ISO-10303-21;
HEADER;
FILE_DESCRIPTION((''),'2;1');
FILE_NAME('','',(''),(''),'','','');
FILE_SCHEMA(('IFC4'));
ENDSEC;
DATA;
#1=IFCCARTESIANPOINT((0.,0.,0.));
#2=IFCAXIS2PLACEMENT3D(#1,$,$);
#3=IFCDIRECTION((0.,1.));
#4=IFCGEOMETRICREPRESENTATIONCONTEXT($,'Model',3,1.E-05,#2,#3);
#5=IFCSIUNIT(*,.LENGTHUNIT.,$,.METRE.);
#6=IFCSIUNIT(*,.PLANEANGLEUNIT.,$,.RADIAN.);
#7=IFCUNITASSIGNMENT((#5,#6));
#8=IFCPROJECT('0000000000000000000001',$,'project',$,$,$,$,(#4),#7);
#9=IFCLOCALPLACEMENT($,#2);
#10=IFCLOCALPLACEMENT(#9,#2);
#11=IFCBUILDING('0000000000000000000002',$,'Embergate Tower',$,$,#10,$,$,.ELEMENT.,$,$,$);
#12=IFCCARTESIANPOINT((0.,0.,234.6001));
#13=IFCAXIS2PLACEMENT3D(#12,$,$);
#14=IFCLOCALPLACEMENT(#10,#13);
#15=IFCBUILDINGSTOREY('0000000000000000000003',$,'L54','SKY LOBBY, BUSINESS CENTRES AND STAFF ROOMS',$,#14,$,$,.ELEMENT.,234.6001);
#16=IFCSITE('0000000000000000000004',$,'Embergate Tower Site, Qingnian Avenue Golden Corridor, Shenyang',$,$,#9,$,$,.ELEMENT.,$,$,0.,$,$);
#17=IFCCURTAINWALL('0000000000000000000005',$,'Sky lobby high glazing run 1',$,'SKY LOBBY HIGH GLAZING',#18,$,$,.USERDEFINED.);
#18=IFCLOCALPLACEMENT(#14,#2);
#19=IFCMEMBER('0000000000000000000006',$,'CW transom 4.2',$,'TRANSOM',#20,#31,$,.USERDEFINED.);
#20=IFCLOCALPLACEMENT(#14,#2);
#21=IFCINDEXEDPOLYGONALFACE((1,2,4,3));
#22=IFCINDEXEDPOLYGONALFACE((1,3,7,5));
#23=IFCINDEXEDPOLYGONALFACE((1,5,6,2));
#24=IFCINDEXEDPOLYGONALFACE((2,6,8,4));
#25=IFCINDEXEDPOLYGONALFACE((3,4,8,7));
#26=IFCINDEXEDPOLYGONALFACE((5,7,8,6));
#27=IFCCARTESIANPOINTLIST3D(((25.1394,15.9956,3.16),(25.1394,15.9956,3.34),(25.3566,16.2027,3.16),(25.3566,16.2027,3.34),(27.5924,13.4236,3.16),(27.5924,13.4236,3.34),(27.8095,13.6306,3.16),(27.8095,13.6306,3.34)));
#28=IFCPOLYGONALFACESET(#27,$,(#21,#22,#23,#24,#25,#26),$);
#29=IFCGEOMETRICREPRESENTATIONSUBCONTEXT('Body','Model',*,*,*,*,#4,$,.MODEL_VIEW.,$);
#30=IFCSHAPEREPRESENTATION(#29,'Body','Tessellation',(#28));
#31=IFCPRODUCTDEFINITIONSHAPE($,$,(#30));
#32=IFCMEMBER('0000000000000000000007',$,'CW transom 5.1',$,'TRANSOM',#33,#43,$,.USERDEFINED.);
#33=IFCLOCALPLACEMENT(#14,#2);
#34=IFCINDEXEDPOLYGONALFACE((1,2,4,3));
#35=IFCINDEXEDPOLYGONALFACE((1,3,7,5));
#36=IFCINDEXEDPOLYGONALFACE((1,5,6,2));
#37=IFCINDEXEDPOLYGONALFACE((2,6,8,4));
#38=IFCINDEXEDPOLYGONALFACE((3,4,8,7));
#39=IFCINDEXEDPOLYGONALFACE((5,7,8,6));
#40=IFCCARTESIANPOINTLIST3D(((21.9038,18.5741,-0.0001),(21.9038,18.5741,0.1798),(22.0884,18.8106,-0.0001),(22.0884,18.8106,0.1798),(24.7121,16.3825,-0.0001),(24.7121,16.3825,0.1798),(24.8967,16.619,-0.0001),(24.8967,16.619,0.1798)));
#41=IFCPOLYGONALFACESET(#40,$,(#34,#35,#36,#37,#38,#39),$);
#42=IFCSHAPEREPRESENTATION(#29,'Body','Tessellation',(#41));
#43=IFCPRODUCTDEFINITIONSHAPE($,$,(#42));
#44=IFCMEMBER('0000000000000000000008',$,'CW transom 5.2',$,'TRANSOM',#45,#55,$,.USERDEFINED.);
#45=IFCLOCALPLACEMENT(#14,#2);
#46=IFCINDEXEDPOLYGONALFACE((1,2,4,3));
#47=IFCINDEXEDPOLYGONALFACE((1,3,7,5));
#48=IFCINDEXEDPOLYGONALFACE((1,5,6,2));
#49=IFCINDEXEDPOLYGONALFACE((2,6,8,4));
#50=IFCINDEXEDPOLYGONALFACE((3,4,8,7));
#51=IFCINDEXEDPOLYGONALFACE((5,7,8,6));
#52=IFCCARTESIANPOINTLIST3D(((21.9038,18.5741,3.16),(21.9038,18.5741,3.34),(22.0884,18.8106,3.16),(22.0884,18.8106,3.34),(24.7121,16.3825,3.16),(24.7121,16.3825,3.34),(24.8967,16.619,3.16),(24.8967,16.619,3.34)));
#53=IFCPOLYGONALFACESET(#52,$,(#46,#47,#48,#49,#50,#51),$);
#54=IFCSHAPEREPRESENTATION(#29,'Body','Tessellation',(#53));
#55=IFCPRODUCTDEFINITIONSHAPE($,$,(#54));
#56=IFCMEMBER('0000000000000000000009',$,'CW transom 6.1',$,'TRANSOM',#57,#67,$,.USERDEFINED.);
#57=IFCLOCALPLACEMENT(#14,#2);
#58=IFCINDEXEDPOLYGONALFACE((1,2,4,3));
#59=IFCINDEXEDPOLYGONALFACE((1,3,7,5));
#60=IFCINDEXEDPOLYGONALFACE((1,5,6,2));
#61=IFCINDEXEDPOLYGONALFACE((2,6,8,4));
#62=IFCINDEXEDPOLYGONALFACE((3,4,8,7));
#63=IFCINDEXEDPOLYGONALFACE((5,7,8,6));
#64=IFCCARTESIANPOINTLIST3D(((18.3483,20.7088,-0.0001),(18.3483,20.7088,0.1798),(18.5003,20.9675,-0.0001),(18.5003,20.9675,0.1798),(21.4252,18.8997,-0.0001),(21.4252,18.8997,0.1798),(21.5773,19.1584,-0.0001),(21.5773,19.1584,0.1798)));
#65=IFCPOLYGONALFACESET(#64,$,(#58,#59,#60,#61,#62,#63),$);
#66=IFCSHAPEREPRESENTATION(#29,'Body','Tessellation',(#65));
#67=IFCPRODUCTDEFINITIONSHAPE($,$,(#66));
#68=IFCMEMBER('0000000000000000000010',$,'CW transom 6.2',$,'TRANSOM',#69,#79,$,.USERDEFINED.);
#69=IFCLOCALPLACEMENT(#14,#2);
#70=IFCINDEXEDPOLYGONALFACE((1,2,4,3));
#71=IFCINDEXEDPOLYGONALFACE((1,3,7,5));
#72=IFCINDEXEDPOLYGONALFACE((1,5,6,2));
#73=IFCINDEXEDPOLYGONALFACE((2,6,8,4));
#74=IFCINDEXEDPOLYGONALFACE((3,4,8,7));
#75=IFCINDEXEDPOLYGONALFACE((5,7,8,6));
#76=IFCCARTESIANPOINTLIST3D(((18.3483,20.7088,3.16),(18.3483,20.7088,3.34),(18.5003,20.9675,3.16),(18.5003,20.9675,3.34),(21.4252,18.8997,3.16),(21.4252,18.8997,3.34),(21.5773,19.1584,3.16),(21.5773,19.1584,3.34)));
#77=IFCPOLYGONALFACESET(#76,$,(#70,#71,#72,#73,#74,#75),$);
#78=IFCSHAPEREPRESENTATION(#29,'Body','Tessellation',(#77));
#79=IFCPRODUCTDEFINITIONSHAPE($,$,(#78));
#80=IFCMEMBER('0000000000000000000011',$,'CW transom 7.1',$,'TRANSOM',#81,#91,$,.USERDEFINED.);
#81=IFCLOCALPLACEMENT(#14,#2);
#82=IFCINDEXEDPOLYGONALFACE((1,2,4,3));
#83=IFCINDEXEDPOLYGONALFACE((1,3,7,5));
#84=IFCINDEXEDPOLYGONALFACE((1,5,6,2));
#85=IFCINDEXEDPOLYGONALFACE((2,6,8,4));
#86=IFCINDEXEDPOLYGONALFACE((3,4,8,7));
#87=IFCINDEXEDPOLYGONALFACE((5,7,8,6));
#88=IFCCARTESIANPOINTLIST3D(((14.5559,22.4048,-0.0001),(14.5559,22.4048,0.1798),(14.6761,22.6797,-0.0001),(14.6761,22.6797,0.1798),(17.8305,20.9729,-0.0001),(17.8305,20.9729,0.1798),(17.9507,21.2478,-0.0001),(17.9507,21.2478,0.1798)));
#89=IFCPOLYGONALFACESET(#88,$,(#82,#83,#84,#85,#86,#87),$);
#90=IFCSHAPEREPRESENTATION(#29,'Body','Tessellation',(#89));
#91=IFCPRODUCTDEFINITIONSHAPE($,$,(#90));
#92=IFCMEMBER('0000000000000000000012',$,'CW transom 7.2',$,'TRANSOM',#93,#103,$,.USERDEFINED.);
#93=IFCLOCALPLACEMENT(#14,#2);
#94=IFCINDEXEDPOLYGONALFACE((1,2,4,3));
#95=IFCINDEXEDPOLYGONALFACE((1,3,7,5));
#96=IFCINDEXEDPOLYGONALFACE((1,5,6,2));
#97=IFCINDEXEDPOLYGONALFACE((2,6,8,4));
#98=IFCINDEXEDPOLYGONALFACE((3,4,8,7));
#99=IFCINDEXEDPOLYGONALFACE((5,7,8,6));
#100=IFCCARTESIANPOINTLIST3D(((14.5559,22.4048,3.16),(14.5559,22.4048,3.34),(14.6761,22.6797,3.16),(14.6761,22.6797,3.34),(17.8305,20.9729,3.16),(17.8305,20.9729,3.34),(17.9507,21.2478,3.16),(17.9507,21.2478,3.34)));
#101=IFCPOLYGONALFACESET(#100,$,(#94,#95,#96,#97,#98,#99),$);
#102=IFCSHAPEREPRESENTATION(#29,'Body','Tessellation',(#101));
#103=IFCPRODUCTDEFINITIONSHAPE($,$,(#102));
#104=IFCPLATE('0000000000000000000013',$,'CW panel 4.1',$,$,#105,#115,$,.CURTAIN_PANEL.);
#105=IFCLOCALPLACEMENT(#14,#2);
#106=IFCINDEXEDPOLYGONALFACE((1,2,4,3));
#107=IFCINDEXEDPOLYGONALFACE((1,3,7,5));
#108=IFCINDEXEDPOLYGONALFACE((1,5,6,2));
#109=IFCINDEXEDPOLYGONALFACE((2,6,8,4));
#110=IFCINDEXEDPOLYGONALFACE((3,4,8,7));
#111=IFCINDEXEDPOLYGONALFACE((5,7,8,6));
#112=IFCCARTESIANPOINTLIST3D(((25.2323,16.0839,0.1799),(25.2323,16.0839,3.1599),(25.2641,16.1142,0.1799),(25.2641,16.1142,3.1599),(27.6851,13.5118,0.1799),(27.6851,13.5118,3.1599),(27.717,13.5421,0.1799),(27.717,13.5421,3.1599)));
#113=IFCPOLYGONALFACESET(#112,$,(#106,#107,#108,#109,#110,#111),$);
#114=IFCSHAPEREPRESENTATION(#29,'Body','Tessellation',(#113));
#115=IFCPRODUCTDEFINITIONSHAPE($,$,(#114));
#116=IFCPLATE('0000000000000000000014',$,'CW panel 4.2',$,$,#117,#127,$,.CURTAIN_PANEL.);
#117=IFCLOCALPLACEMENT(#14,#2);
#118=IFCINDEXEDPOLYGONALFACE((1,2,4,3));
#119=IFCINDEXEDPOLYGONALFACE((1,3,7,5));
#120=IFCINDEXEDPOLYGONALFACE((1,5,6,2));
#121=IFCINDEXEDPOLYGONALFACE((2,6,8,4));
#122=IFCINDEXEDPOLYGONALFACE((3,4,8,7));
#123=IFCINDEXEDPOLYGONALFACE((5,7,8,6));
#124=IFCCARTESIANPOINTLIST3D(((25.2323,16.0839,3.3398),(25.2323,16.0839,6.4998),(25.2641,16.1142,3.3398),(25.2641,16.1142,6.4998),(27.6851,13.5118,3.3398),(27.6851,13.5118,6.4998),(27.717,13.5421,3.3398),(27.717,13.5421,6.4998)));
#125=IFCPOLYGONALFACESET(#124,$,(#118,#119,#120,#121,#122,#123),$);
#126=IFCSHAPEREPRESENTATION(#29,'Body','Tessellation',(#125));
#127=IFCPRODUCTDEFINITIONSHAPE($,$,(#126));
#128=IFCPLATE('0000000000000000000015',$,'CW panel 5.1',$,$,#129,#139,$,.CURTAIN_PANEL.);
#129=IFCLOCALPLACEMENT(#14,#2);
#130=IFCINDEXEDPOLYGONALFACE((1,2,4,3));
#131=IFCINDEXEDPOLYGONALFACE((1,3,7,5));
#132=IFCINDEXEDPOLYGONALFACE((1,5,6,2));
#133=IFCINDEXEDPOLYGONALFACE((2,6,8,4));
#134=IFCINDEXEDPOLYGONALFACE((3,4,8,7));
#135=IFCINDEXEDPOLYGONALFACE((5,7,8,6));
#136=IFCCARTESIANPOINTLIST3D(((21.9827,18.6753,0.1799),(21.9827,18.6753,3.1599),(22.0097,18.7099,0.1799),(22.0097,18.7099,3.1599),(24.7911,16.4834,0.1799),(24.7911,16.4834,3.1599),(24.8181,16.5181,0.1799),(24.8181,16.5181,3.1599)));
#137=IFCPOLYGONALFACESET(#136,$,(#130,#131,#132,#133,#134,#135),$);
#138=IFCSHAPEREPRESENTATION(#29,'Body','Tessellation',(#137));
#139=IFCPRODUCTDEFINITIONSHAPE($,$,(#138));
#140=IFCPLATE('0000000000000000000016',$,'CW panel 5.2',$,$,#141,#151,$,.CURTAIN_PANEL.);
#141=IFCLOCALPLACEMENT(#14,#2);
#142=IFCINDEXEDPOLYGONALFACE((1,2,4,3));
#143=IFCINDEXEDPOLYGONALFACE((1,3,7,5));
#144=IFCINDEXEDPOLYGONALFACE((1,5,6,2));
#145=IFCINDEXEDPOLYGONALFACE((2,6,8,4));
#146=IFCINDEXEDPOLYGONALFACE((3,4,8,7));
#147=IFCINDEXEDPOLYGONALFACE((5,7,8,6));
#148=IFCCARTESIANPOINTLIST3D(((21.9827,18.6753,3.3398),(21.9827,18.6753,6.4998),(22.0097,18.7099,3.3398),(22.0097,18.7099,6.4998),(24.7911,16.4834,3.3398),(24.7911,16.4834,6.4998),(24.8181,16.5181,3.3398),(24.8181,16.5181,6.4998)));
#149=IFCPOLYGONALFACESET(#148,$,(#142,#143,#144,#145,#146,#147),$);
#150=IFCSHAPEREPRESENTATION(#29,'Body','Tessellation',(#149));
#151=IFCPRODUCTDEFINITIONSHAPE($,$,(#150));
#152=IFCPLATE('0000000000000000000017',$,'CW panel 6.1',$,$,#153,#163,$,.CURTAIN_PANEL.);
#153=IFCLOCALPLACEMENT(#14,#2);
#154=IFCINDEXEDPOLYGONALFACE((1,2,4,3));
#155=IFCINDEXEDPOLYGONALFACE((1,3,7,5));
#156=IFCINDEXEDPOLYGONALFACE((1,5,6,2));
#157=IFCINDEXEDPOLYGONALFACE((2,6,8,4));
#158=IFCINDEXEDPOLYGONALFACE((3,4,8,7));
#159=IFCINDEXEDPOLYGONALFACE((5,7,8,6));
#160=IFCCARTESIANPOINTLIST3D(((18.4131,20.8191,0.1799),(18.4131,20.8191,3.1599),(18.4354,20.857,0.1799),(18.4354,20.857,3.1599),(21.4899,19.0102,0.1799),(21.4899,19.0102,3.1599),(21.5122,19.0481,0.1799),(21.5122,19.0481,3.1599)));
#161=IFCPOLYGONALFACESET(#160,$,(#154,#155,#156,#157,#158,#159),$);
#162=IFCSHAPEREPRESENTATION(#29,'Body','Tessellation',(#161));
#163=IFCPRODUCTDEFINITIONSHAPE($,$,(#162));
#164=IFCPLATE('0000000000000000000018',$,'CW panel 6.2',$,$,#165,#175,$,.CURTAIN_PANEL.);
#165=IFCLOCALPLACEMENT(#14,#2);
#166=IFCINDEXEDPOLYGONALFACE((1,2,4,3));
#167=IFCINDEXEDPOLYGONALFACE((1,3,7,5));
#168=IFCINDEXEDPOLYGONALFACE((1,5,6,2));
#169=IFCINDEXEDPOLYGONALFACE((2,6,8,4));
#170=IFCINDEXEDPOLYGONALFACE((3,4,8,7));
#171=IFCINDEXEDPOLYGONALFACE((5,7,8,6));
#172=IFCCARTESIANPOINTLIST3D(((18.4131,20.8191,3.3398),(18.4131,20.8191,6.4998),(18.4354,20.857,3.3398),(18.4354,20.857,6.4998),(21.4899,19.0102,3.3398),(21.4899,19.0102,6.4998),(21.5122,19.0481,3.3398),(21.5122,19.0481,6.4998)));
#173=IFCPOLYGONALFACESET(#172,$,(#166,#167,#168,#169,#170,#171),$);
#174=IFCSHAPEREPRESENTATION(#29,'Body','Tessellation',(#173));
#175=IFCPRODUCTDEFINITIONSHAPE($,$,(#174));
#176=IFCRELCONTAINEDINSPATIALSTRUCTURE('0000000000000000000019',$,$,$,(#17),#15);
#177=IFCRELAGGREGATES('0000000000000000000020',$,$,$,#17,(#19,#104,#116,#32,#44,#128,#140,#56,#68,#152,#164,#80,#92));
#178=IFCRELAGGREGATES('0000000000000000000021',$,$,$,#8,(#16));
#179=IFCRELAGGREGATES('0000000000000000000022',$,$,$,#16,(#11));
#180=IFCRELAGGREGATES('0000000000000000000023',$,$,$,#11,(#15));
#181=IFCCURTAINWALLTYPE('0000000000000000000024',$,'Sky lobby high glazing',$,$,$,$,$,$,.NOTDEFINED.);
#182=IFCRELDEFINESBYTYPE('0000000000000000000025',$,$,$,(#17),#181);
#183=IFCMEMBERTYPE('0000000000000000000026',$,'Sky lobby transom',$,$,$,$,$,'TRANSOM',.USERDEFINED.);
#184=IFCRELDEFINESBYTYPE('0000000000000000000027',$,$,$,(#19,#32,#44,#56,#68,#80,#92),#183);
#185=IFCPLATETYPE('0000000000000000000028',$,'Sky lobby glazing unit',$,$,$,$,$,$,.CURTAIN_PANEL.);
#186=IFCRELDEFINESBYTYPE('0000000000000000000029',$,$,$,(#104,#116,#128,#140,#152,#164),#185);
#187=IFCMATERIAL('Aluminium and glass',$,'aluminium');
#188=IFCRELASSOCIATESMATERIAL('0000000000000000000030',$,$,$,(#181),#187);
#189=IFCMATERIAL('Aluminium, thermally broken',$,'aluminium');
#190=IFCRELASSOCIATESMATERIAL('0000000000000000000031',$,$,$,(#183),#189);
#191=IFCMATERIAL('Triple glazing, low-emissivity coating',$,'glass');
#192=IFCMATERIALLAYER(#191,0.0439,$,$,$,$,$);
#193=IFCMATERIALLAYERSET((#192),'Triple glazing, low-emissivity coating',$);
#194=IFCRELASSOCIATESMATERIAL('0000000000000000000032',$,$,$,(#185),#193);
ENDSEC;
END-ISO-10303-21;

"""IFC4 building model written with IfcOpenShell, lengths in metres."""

from ifc_helpers import new_model, si_unit, direction, frame, origin, origin_2d, place, context, subcontext, project, spatial, rectangle, extrude, source, transform, mapped, material, layer, layer_set, material_profile, profile_set, type_object, element, aggregate, save


model = new_model("IFC4")

# Units and contexts
model_context = context("Model", 3, precision=1e-05, world=origin(), true_north=direction((0.0, 1.0)))
body_context = subcontext(model_context, "Body", "Model", "MODEL_VIEW")
ifc_project = project(units=[si_unit("LENGTHUNIT", "METRE"), si_unit("PLANEANGLEUNIT", "RADIAN")], contexts=[model_context])

# Site, building, storey
site_placement = place(None, origin())
site = spatial("IfcSite", under=ifc_project, at=site_placement, Name="Embergate Tower Site, Qingnian Avenue Golden Corridor, Shenyang", CompositionType="ELEMENT", RefElevation=0.0)
building_placement = place(site_placement, origin())
building = spatial("IfcBuilding", under=site, at=building_placement, Name="Embergate Tower", CompositionType="ELEMENT")
storey_placement = place(building_placement, frame((0.0, 0.0, 234.6001)))
storey = spatial("IfcBuildingStorey", under=building, at=storey_placement, Name="L54", Description="SKY LOBBY, BUSINESS CENTRES AND STAFF ROOMS", CompositionType="ELEMENT", Elevation=234.6001)

# Curtain wall, members, plates
ifc_material_1 = material(Name="Aluminium and glass", Category="aluminium")
curtain_wall_type = type_object("IfcCurtainWallType", Name="Sky lobby high glazing", PredefinedType="NOTDEFINED", material=ifc_material_1)
curtain_wall_placement = place(storey_placement, origin())
curtain_wall = element("IfcCurtainWall", 1, at=curtain_wall_placement, inside=storey, type_object=curtain_wall_type, Name="Sky lobby high glazing run 1", ObjectType="SKY LOBBY HIGH GLAZING", PredefinedType="USERDEFINED")
ifc_material_2 = material(Name="Aluminium, thermally broken", Category="aluminium")
ifc_material_profile_1 = material_profile(ifc_material_2, rectangle(XDim=0.3, YDim=0.1799, at=origin_2d()), Name="AL 180x300")
ifc_profile_set_1 = profile_set([ifc_material_profile_1], Name="Aluminium, thermally broken")
member_type_1 = type_object("IfcMemberType", Name="Sky lobby transom", ElementType="TRANSOM", PredefinedType="USERDEFINED", material=ifc_profile_set_1)
shared_shape_1 = source(origin(), body_context, "Body", "SweptSolid", [
    extrude(rectangle(XDim=0.3, YDim=0.1799, at=origin_2d()), origin(), (0.0, 0.0, 1.0), 3.5542),
])
member_1_placement = place(storey_placement, frame((27.7009, 13.5271, 3.25), z_axis=(-0.690147, 0.723669, 0.0), x_axis=(-0.723669, -0.690147, 0.0)))
member_1 = element("IfcMember", 2, at=member_1_placement, type_object=member_type_1, Name="CW transom 4.2", ObjectType="TRANSOM", PredefinedType="USERDEFINED", context=body_context, shape_type="MappedRepresentation", body=[
    mapped(shared_shape_1, transform((0.0, 0.0, 0.0))),
])
shared_shape_2 = source(origin(), body_context, "Body", "SweptSolid", [
    extrude(rectangle(XDim=0.3, YDim=0.1799, at=origin_2d()), origin(), (0.0, 0.0, 1.0), 3.5623),
])
member_2_placement = place(storey_placement, frame((24.8044, 16.5007, 0.0898), z_axis=(-0.788347, 0.61523, 0.0), x_axis=(-0.61523, -0.788347, 0.0)))
member_2 = element("IfcMember", 3, at=member_2_placement, type_object=member_type_1, Name="CW transom 5.1", ObjectType="TRANSOM", PredefinedType="USERDEFINED", context=body_context, shape_type="MappedRepresentation", body=[
    mapped(shared_shape_2, transform((0.0, 0.0, 0.0))),
])
member_3_placement = place(storey_placement, frame((24.8044, 16.5007, 3.25), z_axis=(-0.788347, 0.61523, 0.0), x_axis=(-0.61523, -0.788347, 0.0)))
member_3 = element("IfcMember", 4, at=member_3_placement, type_object=member_type_1, Name="CW transom 5.2", ObjectType="TRANSOM", PredefinedType="USERDEFINED", context=body_context, shape_type="MappedRepresentation", body=[
    mapped(shared_shape_2, transform((0.0, 0.0, 0.0))),
])
shared_shape_3 = source(origin(), body_context, "Body", "SweptSolid", [
    extrude(rectangle(XDim=0.3, YDim=0.1799, at=origin_2d()), origin(), (0.0, 0.0, 1.0), 3.5693),
])
member_4_placement = place(storey_placement, frame((21.5012, 19.0291, 0.0898), z_axis=(-0.86204, 0.506841, 0.0), x_axis=(-0.506841, -0.86204, 0.0)))
member_4 = element("IfcMember", 5, at=member_4_placement, type_object=member_type_1, Name="CW transom 6.1", ObjectType="TRANSOM", PredefinedType="USERDEFINED", context=body_context, shape_type="MappedRepresentation", body=[
    mapped(shared_shape_3, transform((0.0, 0.0, 0.0))),
])
member_5_placement = place(storey_placement, frame((21.5012, 19.0291, 3.25), z_axis=(-0.86204, 0.506841, 0.0), x_axis=(-0.506841, -0.86204, 0.0)))
member_5 = element("IfcMember", 6, at=member_5_placement, type_object=member_type_1, Name="CW transom 6.2", ObjectType="TRANSOM", PredefinedType="USERDEFINED", context=body_context, shape_type="MappedRepresentation", body=[
    mapped(shared_shape_3, transform((0.0, 0.0, 0.0))),
])
shared_shape_4 = source(origin(), body_context, "Body", "SweptSolid", [
    extrude(rectangle(XDim=0.3, YDim=0.1799, at=origin_2d()), origin(), (0.0, 0.0, 1.0), 3.574),
])
member_6_placement = place(storey_placement, frame((17.8906, 21.1104, 0.0898), z_axis=(-0.916237, 0.400636, 0.0), x_axis=(-0.400636, -0.916237, 0.0)))
member_6 = element("IfcMember", 7, at=member_6_placement, type_object=member_type_1, Name="CW transom 7.1", ObjectType="TRANSOM", PredefinedType="USERDEFINED", context=body_context, shape_type="MappedRepresentation", body=[
    mapped(shared_shape_4, transform((0.0, 0.0, 0.0))),
])
member_7_placement = place(storey_placement, frame((17.8906, 21.1104, 3.25), z_axis=(-0.916237, 0.400636, 0.0), x_axis=(-0.400636, -0.916237, 0.0)))
member_7 = element("IfcMember", 8, at=member_7_placement, type_object=member_type_1, Name="CW transom 7.2", ObjectType="TRANSOM", PredefinedType="USERDEFINED", context=body_context, shape_type="MappedRepresentation", body=[
    mapped(shared_shape_4, transform((0.0, 0.0, 0.0))),
])
ifc_material_3 = material(Name="Triple glazing, low-emissivity coating", Category="glass")
ifc_layer_1 = layer(ifc_material_3, 0.0439)
ifc_layer_set_1 = layer_set([ifc_layer_1], Name="Triple glazing, low-emissivity coating")
plate_type = type_object("IfcPlateType", Name="Sky lobby glazing unit", PredefinedType="CURTAIN_PANEL", material=ifc_layer_set_1)
shared_shape_5 = source(origin(), body_context, "Body", "SweptSolid", [
    extrude(rectangle(XDim=3.5542, YDim=0.0439, at=origin_2d()), origin(), (0.0, 0.0, 1.0), 2.98),
])
plate_1_placement = place(storey_placement, frame((26.4746, 14.813, 0.1799), z_axis=(0.0, 0.0, 1.0), x_axis=(-0.690136, 0.723679, 0.0)))
plate_1 = element("IfcPlate", 9, at=plate_1_placement, type_object=plate_type, Name="CW panel 4.1", PredefinedType="CURTAIN_PANEL", context=body_context, shape_type="MappedRepresentation", body=[
    mapped(shared_shape_5, transform((0.0, 0.0, 0.0))),
])
shared_shape_6 = source(origin(), body_context, "Body", "SweptSolid", [
    extrude(rectangle(XDim=3.5542, YDim=0.0439, at=origin_2d()), origin(), (0.0, 0.0, 1.0), 3.1599),
])
plate_2_placement = place(storey_placement, frame((26.4746, 14.813, 3.3398), z_axis=(0.0, 0.0, 1.0), x_axis=(-0.690136, 0.723679, 0.0)))
plate_2 = element("IfcPlate", 10, at=plate_2_placement, type_object=plate_type, Name="CW panel 4.2", PredefinedType="CURTAIN_PANEL", context=body_context, shape_type="MappedRepresentation", body=[
    mapped(shared_shape_6, transform((0.0, 0.0, 0.0))),
])
shared_shape_7 = source(origin(), body_context, "Body", "SweptSolid", [
    extrude(rectangle(XDim=3.5625, YDim=0.0439, at=origin_2d()), origin(), (0.0, 0.0, 1.0), 2.98),
])
plate_3_placement = place(storey_placement, frame((23.4004, 17.5967, 0.1799), z_axis=(0.0, 0.0, 1.0), x_axis=(-0.788321, 0.615264, 0.0)))
plate_3 = element("IfcPlate", 11, at=plate_3_placement, type_object=plate_type, Name="CW panel 5.1", PredefinedType="CURTAIN_PANEL", context=body_context, shape_type="MappedRepresentation", body=[
    mapped(shared_shape_7, transform((0.0, 0.0, 0.0))),
])
shared_shape_8 = source(origin(), body_context, "Body", "SweptSolid", [
    extrude(rectangle(XDim=3.5625, YDim=0.0439, at=origin_2d()), origin(), (0.0, 0.0, 1.0), 3.1599),
])
plate_4_placement = place(storey_placement, frame((23.4004, 17.5967, 3.3398), z_axis=(0.0, 0.0, 1.0), x_axis=(-0.788321, 0.615264, 0.0)))
plate_4 = element("IfcPlate", 12, at=plate_4_placement, type_object=plate_type, Name="CW panel 5.2", PredefinedType="CURTAIN_PANEL", context=body_context, shape_type="MappedRepresentation", body=[
    mapped(shared_shape_8, transform((0.0, 0.0, 0.0))),
])
shared_shape_9 = source(origin(), body_context, "Body", "SweptSolid", [
    extrude(rectangle(XDim=3.5691, YDim=0.0439, at=origin_2d()), origin(), (0.0, 0.0, 1.0), 2.98),
])
plate_5_placement = place(storey_placement, frame((19.9626, 19.9336, 0.1799), z_axis=(0.0, 0.0, 1.0), x_axis=(-0.862053, 0.506818, 0.0)))
plate_5 = element("IfcPlate", 13, at=plate_5_placement, type_object=plate_type, Name="CW panel 6.1", PredefinedType="CURTAIN_PANEL", context=body_context, shape_type="MappedRepresentation", body=[
    mapped(shared_shape_9, transform((0.0, 0.0, 0.0))),
])
shared_shape_10 = source(origin(), body_context, "Body", "SweptSolid", [
    extrude(rectangle(XDim=3.5691, YDim=0.0439, at=origin_2d()), origin(), (0.0, 0.0, 1.0), 3.1599),
])
plate_6_placement = place(storey_placement, frame((19.9626, 19.9336, 3.3398), z_axis=(0.0, 0.0, 1.0), x_axis=(-0.862053, 0.506818, 0.0)))
plate_6 = element("IfcPlate", 14, at=plate_6_placement, type_object=plate_type, Name="CW panel 6.2", PredefinedType="CURTAIN_PANEL", context=body_context, shape_type="MappedRepresentation", body=[
    mapped(shared_shape_10, transform((0.0, 0.0, 0.0))),
])
aggregate(curtain_wall, [member_1, plate_1, plate_2, member_2, member_3, plate_3, plate_4, member_4, member_5, plate_5, plate_6, member_6, member_7])

save(model, "model.ifc")
